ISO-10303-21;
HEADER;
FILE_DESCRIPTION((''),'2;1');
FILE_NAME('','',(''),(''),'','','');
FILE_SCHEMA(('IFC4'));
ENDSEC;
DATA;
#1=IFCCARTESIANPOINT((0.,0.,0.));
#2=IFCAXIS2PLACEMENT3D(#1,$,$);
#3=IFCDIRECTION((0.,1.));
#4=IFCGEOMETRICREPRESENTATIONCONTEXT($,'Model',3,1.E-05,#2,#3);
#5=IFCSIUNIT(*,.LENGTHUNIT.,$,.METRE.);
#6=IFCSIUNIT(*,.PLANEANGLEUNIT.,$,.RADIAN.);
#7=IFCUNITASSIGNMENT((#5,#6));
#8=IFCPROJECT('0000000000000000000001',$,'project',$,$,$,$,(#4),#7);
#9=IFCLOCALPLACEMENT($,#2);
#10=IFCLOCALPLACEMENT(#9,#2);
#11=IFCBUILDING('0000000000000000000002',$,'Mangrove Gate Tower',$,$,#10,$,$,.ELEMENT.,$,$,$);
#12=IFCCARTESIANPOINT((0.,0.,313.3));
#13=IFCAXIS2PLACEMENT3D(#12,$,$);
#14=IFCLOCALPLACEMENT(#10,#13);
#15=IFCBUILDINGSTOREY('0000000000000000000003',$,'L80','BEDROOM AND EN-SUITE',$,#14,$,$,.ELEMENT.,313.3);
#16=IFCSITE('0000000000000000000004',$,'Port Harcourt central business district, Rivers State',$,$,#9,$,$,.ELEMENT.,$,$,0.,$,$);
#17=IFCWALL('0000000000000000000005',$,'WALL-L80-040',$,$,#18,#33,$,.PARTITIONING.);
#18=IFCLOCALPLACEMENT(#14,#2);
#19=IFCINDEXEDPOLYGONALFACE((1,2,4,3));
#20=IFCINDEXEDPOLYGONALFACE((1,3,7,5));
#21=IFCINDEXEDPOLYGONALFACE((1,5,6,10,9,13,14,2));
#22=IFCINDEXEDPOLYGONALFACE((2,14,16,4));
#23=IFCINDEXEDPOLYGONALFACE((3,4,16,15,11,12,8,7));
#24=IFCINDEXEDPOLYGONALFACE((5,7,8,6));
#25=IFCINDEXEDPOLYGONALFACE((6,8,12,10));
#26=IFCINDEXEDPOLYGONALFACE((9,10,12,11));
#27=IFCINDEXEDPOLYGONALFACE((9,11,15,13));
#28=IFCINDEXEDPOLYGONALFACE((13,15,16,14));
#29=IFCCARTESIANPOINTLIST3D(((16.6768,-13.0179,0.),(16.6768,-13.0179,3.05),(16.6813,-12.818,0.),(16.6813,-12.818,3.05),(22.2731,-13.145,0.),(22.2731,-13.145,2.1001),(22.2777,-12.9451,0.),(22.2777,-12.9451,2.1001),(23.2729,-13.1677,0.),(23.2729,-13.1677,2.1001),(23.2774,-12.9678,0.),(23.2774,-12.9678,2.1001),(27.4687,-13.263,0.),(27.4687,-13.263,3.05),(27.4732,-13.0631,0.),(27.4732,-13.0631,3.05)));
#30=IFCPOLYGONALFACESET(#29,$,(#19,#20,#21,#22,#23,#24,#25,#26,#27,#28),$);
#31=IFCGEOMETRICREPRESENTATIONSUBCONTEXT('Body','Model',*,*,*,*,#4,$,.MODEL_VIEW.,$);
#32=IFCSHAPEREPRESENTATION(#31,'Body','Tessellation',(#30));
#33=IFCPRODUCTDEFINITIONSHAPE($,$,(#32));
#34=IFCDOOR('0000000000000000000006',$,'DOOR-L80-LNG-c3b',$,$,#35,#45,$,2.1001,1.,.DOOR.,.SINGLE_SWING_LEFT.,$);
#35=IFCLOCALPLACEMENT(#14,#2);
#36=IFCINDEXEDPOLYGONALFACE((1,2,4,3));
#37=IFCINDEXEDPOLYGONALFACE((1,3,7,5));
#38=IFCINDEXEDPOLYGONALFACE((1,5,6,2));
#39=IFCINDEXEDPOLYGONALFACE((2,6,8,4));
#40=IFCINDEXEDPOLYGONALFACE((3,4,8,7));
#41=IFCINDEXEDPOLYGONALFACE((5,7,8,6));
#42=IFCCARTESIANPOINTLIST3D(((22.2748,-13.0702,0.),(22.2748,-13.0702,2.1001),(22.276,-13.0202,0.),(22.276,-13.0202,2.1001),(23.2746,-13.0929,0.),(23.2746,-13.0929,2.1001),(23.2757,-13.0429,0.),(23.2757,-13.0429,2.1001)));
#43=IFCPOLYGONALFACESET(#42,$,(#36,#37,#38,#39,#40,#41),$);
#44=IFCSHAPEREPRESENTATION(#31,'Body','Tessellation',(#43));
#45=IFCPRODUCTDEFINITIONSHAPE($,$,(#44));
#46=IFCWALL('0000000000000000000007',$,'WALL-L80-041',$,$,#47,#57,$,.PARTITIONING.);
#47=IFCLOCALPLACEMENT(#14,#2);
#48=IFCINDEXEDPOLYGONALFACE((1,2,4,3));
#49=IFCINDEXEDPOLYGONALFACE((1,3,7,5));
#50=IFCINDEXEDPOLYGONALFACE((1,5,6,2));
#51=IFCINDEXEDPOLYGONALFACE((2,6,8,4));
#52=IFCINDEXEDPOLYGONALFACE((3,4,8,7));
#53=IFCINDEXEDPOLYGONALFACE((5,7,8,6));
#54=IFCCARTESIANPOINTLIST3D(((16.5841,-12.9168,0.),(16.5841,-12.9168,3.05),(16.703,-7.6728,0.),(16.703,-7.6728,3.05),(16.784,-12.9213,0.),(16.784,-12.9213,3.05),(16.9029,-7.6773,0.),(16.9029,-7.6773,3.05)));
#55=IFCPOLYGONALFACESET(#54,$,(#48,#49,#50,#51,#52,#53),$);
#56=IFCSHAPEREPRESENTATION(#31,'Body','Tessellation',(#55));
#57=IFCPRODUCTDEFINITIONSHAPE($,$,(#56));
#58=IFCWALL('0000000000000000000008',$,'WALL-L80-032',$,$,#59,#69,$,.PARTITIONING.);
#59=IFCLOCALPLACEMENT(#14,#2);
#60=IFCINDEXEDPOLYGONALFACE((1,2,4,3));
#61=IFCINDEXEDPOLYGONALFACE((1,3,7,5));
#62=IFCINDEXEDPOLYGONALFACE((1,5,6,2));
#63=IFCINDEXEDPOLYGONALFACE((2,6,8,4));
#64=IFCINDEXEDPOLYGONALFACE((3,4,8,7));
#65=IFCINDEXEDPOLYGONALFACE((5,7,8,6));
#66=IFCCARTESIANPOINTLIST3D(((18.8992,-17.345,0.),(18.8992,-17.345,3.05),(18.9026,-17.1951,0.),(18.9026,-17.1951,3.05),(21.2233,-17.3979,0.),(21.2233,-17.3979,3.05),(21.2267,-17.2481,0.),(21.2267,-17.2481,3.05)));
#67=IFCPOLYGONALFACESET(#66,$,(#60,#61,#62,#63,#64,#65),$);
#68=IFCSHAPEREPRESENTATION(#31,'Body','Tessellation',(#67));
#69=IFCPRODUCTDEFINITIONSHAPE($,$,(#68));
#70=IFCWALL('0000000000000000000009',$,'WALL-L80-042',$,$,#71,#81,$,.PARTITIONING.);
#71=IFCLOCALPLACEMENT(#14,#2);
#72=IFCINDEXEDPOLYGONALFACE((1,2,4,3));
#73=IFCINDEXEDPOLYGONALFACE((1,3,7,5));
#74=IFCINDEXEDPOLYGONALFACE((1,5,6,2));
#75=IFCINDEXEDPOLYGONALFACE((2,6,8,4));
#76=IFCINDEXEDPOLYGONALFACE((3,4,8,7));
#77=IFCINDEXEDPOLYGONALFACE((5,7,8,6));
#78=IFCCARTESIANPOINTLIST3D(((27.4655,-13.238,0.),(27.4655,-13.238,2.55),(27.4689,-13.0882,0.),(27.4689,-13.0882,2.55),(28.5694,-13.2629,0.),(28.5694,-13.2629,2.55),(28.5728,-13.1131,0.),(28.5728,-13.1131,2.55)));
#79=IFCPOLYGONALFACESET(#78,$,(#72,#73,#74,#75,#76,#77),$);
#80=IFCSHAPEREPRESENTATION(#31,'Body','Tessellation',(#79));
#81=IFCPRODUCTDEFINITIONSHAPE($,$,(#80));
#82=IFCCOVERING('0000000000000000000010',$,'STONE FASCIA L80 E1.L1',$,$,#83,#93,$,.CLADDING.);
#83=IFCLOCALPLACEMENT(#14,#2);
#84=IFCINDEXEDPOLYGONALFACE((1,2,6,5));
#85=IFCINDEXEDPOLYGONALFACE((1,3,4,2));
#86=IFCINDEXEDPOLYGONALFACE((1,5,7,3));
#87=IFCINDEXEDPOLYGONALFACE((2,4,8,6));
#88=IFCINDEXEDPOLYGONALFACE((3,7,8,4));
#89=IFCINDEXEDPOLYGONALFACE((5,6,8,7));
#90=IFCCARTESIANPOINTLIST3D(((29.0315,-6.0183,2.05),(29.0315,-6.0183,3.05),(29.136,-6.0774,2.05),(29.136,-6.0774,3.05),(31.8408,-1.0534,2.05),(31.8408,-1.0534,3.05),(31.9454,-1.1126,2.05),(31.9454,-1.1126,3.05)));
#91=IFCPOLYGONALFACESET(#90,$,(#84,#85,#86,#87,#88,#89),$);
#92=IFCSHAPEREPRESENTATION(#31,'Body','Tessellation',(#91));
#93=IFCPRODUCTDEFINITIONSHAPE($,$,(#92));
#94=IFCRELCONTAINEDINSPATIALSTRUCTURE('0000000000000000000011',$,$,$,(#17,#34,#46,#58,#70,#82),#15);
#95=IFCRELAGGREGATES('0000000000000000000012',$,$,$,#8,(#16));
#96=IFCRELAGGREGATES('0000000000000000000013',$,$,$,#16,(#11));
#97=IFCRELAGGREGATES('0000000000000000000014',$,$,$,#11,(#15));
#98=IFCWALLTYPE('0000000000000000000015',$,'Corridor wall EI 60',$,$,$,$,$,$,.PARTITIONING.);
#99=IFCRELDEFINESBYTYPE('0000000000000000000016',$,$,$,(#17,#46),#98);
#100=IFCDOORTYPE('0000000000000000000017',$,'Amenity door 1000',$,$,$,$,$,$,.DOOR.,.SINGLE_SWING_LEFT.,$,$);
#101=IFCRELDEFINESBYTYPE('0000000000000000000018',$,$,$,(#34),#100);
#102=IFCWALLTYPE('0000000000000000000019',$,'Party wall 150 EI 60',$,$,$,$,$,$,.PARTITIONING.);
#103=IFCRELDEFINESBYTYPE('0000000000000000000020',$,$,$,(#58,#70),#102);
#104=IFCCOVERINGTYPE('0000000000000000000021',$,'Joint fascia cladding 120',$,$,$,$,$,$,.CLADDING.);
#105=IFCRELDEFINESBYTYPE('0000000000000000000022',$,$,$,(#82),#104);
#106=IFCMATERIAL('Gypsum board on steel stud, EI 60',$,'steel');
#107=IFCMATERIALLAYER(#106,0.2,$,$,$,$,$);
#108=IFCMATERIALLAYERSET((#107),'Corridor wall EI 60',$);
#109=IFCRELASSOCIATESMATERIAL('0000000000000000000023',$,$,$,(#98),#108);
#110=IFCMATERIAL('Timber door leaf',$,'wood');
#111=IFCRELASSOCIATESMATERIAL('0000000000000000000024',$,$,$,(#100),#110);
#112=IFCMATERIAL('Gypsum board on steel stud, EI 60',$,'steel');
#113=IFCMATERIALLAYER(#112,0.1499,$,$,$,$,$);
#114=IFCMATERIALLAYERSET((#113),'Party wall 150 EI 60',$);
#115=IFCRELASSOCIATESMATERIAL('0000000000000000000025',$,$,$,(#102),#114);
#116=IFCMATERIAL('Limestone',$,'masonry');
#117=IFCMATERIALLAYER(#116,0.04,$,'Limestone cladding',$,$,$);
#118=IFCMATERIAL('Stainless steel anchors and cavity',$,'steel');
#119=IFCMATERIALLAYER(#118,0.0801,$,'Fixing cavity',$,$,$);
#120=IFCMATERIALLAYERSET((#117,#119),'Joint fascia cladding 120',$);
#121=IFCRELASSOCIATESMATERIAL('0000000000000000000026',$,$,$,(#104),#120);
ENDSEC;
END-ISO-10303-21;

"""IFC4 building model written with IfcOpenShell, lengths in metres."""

from ifc_helpers import new_model, si_unit, direction, frame, frame_2d, origin, place, context, subcontext, project, spatial, rectangle, extrude, material, layer, layer_set, type_object, element, fill, save


model = new_model("IFC4")

# Units and contexts
model_context = context("Model", 3, precision=1e-05, world=origin(), true_north=direction((0.0, 1.0)))
body_context = subcontext(model_context, "Body", "Model", "MODEL_VIEW")
ifc_project = project(units=[si_unit("LENGTHUNIT", "METRE"), si_unit("PLANEANGLEUNIT", "RADIAN")], contexts=[model_context])

# Site, building, storey
site_placement = place(None, origin())
site = spatial("IfcSite", under=ifc_project, at=site_placement, Name="Port Harcourt central business district, Rivers State", CompositionType="ELEMENT", RefElevation=0.0)
building_placement = place(site_placement, origin())
building = spatial("IfcBuilding", under=site, at=building_placement, Name="Mangrove Gate Tower", CompositionType="ELEMENT")
storey_placement = place(building_placement, frame((0.0, 0.0, 313.3)))
storey = spatial("IfcBuildingStorey", under=building, at=storey_placement, Name="L80", Description="BEDROOM AND EN-SUITE", CompositionType="ELEMENT", Elevation=313.3)

# Shared definitions
ifc_material_1 = material(Name="Gypsum board on steel stud, EI 60", Category="steel")
ifc_layer_1 = layer(ifc_material_1, 0.2)
ifc_layer_set_1 = layer_set([ifc_layer_1], Name="Corridor wall EI 60")
wall_type_1 = type_object("IfcWallType", Name="Corridor wall EI 60", PredefinedType="PARTITIONING", material=ifc_layer_set_1)

# Wall, opening, door
wall_1_placement = place(storey_placement, frame((16.679, -12.918, 0.0), z_axis=(0.0, 0.0, 1.0), x_axis=(0.999742, -0.022707, 0.0)))
wall_1 = element("IfcWall", 1, at=wall_1_placement, inside=storey, type_object=wall_type_1, Name="WALL-L80-040", PredefinedType="PARTITIONING", context=body_context, shape_type="SweptSolid", body=[
    extrude(rectangle(XDim=10.7947, YDim=0.2, at=frame_2d((5.3975, 0.0))), origin(), (0.0, 0.0, 1.0), 3.05),
])
opening_placement = place(wall_1_placement, frame((5.5979, 0.0, 0.0)))
opening = element("IfcOpeningElement", 2, at=opening_placement, cuts=wall_1, PredefinedType="OPENING", context=body_context, shape_type="SweptSolid", body=[
    extrude(rectangle(XDim=1.0, YDim=2.1001, at=frame_2d((0.5, 1.05))), frame((0.0, 0.1099, 0.0), z_axis=(0.0, -1.0, 0.0), x_axis=(1.0, 0.0, 0.0)), (0.0, 0.0, 1.0), 0.22),
])
ifc_material_2 = material(Name="Timber door leaf", Category="wood")
door_type = type_object("IfcDoorType", Name="Amenity door 1000", OperationType="SINGLE_SWING_LEFT", PredefinedType="DOOR", material=ifc_material_2)
door_placement = place(opening_placement, origin())
door = element("IfcDoor", 3, at=door_placement, inside=storey, type_object=door_type, Name="DOOR-L80-LNG-c3b", OperationType="SINGLE_SWING_LEFT", OverallHeight=2.1001, OverallWidth=1.0, PredefinedType="DOOR", context=body_context, shape_type="SweptSolid", body=[
    extrude(rectangle(XDim=1.0, YDim=2.1001, at=frame_2d((0.5, 1.05))), frame((0.0, 0.0249, 0.0), z_axis=(0.0, -1.0, 0.0), x_axis=(1.0, 0.0, 0.0)), (0.0, 0.0, 1.0), 0.05),
])
fill(opening, door)

# Walls
wall_2_placement = place(storey_placement, frame((16.6841, -12.9189, 0.0), z_axis=(0.0, 0.0, 1.0), x_axis=(0.022667, 0.999743, 0.0)))
element("IfcWall", 4, at=wall_2_placement, inside=storey, type_object=wall_type_1, Name="WALL-L80-041", PredefinedType="PARTITIONING", context=body_context, shape_type="SweptSolid", body=[
    extrude(rectangle(XDim=5.2454, YDim=0.2, at=frame_2d((2.6226, 0.0))), origin(), (0.0, 0.0, 1.0), 3.05),
])
ifc_material_3 = material(Name="Gypsum board on steel stud, EI 60", Category="steel")
ifc_layer_2 = layer(ifc_material_3, 0.1499)
ifc_layer_set_2 = layer_set([ifc_layer_2], Name="Party wall 150 EI 60")
wall_type_2 = type_object("IfcWallType", Name="Party wall 150 EI 60", PredefinedType="PARTITIONING", material=ifc_layer_set_2)
wall_3_placement = place(storey_placement, frame((18.9009, -17.27, 0.0), z_axis=(0.0, 0.0, 1.0), x_axis=(0.99974, -0.022788, 0.0)))
element("IfcWall", 5, at=wall_3_placement, inside=storey, type_object=wall_type_2, Name="WALL-L80-032", PredefinedType="PARTITIONING", context=body_context, shape_type="SweptSolid", body=[
    extrude(rectangle(XDim=2.3247, YDim=0.1499, at=frame_2d((1.1624, 0.0))), origin(), (0.0, 0.0, 1.0), 3.05),
])
wall_4_placement = place(storey_placement, frame((27.467, -13.1631, 0.0), z_axis=(0.0, 0.0, 1.0), x_axis=(0.999746, -0.022551, 0.0)))
element("IfcWall", 6, at=wall_4_placement, inside=storey, type_object=wall_type_2, Name="WALL-L80-042", PredefinedType="PARTITIONING", context=body_context, shape_type="SweptSolid", body=[
    extrude(rectangle(XDim=1.1042, YDim=0.1499, at=frame_2d((0.5522, 0.0))), origin(), (0.0, 0.0, 1.0), 2.55),
])

# Covering
ifc_material_4 = material(Name="Limestone", Category="masonry")
ifc_layer_3 = layer(ifc_material_4, 0.04, Name="Limestone cladding")
ifc_material_5 = material(Name="Stainless steel anchors and cavity", Category="steel")
ifc_layer_4 = layer(ifc_material_5, 0.0801, Name="Fixing cavity")
ifc_layer_set_3 = layer_set([ifc_layer_3, ifc_layer_4], Name="Joint fascia cladding 120")
covering_type = type_object("IfcCoveringType", Name="Joint fascia cladding 120", PredefinedType="CLADDING", material=ifc_layer_set_3)
covering_placement = place(storey_placement, frame((29.0837, -6.0479, 2.05), z_axis=(0.0, 0.0, 1.0), x_axis=(0.49247, 0.870329, 0.0)))
element("IfcCovering", 7, at=covering_placement, inside=storey, type_object=covering_type, Name="STONE FASCIA L80 E1.L1", PredefinedType="CLADDING", context=body_context, shape_type="SweptSolid", body=[
    extrude(rectangle(XDim=5.7046, YDim=0.1201, at=frame_2d((2.8523, 0.0))), origin(), (0.0, 0.0, 1.0), 1.0),
])

save(model, "model.ifc")
